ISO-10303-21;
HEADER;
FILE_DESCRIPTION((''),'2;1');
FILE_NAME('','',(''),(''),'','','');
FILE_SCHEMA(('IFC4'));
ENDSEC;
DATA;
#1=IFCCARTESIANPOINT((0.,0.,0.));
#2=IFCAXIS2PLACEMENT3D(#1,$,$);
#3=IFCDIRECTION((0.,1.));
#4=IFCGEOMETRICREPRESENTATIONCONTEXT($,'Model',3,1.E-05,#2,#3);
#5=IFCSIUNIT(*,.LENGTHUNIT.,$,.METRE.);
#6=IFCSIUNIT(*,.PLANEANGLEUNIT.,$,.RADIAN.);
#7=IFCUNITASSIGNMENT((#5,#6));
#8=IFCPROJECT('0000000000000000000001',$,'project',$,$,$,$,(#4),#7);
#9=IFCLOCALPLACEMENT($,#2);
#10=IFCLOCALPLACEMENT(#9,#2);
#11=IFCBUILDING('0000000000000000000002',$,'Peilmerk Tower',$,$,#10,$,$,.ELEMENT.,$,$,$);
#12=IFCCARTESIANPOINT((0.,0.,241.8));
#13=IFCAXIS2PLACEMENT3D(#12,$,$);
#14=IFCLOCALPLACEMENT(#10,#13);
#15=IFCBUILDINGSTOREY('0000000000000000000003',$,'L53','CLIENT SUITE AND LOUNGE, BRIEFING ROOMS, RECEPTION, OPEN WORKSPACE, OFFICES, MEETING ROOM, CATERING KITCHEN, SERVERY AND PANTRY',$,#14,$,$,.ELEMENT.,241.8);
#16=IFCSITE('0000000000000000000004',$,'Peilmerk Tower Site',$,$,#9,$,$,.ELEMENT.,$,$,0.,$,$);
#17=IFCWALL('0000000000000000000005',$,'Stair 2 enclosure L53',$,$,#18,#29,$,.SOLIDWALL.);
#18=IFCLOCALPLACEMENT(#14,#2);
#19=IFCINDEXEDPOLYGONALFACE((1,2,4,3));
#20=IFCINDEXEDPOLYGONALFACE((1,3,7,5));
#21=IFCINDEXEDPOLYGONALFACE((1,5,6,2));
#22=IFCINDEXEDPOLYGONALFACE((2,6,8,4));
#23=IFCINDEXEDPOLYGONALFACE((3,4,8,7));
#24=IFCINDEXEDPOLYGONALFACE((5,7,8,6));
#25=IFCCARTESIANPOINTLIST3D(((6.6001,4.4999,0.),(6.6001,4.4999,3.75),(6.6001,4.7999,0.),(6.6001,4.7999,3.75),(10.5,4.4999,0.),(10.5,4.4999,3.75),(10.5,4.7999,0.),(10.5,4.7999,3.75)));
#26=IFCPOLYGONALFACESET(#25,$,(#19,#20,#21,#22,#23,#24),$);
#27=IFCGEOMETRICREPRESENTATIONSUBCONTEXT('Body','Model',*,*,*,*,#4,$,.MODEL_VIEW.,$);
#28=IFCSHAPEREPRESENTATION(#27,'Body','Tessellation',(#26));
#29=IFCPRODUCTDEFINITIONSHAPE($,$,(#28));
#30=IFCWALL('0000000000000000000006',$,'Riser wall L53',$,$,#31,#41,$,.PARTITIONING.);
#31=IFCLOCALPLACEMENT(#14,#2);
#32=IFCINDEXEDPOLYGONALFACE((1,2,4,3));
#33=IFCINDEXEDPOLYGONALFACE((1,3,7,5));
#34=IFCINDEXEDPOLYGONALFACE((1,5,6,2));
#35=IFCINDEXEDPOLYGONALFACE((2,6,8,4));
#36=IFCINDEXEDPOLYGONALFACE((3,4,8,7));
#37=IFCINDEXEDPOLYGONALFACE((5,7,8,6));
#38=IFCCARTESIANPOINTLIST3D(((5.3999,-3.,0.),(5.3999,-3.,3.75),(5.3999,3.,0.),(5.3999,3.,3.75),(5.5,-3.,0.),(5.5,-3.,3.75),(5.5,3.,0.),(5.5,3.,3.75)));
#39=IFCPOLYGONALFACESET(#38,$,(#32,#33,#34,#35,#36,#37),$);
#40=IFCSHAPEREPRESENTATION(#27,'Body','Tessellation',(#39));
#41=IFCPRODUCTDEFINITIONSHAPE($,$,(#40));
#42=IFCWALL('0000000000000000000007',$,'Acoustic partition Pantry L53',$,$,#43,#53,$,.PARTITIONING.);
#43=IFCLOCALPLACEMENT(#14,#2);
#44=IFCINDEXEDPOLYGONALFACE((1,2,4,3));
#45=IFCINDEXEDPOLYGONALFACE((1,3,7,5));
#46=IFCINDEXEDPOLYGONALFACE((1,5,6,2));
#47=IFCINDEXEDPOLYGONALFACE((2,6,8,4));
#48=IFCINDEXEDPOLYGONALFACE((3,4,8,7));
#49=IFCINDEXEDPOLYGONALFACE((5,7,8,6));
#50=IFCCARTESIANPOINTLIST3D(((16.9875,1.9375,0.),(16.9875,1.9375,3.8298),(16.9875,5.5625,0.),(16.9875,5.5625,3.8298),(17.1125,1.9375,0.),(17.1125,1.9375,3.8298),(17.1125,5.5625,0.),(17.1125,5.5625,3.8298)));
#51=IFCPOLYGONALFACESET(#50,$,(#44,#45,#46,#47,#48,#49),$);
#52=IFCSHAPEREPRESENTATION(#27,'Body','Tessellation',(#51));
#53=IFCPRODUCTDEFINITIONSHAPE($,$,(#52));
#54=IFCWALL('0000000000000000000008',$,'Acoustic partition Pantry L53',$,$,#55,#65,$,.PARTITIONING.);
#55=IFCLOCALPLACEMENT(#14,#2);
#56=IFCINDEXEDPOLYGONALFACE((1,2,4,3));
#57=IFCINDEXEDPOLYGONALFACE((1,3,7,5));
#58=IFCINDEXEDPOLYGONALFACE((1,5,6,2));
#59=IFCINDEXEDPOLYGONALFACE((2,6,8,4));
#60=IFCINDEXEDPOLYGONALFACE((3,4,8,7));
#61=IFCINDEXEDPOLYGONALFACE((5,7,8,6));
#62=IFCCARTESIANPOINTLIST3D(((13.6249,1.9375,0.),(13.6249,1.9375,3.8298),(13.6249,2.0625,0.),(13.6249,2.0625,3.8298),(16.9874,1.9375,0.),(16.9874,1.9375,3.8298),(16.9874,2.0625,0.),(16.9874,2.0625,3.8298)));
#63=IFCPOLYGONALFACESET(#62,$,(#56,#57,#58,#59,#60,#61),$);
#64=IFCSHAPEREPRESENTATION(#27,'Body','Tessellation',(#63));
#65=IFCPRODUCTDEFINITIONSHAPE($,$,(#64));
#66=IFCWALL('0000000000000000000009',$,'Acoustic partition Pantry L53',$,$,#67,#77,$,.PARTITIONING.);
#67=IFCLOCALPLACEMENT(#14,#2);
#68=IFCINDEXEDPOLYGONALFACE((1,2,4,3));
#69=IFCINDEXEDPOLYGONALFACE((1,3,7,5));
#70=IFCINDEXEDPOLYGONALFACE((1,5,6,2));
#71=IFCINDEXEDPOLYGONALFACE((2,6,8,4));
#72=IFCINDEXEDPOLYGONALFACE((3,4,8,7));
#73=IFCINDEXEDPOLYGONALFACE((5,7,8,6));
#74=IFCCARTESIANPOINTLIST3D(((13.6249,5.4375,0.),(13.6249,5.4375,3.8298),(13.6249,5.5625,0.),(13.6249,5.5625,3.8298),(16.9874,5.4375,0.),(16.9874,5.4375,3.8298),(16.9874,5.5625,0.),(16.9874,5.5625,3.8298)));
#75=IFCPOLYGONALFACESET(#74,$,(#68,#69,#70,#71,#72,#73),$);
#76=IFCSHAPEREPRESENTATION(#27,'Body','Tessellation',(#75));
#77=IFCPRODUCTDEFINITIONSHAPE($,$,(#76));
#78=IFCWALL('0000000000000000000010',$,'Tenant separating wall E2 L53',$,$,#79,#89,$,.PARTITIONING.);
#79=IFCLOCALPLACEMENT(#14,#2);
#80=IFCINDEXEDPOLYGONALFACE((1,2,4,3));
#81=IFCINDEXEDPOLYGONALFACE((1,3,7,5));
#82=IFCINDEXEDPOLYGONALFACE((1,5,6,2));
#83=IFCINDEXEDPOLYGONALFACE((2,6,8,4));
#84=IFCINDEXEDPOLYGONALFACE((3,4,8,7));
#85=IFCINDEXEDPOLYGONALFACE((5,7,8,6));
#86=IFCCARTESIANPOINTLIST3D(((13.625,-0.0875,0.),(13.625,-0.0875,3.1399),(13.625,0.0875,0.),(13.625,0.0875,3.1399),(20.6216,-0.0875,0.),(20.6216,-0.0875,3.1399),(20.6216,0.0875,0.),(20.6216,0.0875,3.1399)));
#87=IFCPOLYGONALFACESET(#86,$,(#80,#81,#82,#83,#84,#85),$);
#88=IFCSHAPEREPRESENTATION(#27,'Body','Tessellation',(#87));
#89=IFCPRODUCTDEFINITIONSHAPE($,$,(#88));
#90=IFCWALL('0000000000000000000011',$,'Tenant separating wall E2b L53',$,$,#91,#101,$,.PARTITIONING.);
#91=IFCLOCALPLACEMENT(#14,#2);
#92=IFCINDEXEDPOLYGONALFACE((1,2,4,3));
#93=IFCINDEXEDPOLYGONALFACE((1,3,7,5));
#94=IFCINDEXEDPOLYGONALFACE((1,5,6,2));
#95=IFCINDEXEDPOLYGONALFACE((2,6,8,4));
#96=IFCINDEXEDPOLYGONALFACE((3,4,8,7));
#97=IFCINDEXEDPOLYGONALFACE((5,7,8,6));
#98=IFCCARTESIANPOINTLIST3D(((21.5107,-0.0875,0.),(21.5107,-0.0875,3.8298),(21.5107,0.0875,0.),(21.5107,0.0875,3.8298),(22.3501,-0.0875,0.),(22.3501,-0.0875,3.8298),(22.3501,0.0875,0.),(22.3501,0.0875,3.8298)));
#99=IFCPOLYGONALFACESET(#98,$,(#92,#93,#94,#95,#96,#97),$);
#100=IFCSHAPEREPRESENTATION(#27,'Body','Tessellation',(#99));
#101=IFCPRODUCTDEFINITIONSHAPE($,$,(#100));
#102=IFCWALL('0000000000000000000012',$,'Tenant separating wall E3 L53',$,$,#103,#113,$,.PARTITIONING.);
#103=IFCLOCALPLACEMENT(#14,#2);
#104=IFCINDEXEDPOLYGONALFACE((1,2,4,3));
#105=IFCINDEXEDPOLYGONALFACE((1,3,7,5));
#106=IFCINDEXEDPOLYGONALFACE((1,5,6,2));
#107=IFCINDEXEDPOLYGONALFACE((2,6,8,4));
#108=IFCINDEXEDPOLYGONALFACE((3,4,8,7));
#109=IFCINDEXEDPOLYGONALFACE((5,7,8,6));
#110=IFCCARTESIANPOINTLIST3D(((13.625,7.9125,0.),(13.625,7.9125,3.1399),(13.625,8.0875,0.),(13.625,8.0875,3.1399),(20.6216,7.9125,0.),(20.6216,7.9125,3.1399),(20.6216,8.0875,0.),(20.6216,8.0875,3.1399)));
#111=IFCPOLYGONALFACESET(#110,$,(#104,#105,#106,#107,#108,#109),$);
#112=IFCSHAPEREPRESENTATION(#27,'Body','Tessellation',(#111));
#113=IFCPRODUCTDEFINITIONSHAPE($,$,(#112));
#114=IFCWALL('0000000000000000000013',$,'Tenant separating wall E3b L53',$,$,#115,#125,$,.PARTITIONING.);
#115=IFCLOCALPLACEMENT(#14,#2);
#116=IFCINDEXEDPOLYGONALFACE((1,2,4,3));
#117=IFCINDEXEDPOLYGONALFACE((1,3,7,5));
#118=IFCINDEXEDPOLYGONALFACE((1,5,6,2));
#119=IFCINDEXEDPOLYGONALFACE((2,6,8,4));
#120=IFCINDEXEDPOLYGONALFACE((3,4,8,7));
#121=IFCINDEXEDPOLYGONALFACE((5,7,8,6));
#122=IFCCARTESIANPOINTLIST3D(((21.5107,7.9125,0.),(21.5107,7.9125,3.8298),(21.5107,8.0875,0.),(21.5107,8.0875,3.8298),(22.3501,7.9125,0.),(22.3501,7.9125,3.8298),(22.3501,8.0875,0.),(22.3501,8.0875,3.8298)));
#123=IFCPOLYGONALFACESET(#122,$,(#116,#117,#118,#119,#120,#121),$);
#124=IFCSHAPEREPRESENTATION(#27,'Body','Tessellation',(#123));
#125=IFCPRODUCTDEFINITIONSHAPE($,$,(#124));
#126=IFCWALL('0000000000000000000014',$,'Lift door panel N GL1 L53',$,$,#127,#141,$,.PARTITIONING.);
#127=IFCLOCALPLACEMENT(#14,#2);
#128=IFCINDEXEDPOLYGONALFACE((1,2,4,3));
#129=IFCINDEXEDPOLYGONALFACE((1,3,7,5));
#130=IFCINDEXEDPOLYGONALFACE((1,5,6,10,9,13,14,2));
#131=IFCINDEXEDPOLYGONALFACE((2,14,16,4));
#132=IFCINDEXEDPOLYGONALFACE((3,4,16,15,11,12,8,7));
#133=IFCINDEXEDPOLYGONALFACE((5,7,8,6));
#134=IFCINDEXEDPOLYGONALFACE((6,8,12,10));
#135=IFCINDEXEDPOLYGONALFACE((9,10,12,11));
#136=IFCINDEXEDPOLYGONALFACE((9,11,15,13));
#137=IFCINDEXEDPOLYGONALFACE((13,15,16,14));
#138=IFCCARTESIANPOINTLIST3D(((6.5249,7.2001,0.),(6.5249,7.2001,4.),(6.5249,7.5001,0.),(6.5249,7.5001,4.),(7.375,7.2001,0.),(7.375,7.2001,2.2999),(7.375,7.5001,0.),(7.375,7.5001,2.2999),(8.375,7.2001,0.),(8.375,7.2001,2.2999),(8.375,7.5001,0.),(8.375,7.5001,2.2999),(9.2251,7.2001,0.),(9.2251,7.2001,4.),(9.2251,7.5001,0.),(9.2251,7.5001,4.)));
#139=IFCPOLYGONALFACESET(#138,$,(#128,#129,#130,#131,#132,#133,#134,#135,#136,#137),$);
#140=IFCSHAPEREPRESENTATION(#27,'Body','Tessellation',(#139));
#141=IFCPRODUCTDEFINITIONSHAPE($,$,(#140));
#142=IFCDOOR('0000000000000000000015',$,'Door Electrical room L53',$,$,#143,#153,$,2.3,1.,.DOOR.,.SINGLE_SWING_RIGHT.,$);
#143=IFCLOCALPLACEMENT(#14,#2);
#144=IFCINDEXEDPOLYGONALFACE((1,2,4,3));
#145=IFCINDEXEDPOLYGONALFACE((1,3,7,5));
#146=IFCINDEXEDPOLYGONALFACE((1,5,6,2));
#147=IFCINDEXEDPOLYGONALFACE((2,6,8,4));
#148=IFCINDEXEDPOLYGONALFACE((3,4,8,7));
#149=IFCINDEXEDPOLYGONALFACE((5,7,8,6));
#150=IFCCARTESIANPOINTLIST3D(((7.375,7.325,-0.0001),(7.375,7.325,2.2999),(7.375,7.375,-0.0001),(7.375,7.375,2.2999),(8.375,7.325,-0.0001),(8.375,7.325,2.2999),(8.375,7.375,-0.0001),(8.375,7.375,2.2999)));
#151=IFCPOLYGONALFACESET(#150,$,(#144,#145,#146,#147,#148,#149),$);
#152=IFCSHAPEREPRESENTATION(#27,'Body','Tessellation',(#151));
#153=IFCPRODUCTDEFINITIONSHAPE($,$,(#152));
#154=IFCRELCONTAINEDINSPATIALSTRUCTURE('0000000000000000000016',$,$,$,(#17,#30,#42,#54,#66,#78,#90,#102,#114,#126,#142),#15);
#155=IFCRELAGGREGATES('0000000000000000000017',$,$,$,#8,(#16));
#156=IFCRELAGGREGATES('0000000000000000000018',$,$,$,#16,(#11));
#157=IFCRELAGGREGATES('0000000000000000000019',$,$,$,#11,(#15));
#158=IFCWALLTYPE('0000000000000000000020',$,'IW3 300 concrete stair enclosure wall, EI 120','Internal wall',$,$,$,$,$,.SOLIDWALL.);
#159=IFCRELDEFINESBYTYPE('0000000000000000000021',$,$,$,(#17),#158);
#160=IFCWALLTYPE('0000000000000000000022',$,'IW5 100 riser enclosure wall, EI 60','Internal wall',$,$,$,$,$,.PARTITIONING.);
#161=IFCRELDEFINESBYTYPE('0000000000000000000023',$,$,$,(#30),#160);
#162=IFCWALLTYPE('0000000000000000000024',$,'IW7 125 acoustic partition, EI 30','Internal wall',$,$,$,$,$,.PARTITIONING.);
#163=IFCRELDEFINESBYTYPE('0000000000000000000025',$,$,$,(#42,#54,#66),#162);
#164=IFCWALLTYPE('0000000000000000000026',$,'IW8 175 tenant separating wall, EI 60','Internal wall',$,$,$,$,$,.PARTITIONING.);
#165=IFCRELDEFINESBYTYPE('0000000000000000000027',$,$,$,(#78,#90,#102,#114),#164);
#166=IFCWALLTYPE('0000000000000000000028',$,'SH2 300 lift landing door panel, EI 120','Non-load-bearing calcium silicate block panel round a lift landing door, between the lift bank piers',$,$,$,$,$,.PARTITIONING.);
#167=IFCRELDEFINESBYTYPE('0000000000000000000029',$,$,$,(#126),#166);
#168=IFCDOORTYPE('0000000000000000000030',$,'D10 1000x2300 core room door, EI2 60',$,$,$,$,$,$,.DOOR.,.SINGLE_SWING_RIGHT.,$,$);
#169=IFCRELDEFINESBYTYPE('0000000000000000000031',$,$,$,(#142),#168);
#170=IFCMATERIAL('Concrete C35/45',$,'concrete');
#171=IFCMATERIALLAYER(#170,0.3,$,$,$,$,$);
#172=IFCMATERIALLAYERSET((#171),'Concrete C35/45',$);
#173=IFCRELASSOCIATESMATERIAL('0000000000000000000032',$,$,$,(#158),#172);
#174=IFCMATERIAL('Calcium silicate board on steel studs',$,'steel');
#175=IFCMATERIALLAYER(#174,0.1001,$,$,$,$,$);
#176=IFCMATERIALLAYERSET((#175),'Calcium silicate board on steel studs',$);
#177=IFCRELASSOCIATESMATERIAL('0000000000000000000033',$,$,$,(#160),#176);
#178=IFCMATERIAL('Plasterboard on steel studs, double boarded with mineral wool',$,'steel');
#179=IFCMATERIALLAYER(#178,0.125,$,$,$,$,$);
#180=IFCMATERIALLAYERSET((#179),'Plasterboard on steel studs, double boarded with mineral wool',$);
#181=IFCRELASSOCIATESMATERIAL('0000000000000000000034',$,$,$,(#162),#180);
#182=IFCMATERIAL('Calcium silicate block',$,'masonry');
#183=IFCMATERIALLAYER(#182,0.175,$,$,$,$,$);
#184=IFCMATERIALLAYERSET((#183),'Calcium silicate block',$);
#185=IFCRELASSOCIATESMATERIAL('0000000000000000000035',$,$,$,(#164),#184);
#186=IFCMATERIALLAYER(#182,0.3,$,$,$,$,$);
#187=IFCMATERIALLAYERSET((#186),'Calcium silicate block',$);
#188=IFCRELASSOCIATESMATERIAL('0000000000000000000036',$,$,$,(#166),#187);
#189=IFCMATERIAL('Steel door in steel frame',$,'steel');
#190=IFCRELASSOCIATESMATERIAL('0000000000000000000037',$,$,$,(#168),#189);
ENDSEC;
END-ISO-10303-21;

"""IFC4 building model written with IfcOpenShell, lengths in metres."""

from ifc_helpers import new_model, si_unit, direction, frame, frame_2d, origin, place, context, subcontext, project, spatial, rectangle, extrude, material, layer, layer_set, type_object, element, fill, save


model = new_model("IFC4")

# Units and contexts
model_context = context("Model", 3, precision=1e-05, world=origin(), true_north=direction((0.0, 1.0)))
body_context = subcontext(model_context, "Body", "Model", "MODEL_VIEW")
ifc_project = project(units=[si_unit("LENGTHUNIT", "METRE"), si_unit("PLANEANGLEUNIT", "RADIAN")], contexts=[model_context])

# Site, building, storey
site_placement = place(None, origin())
site = spatial("IfcSite", under=ifc_project, at=site_placement, Name="Peilmerk Tower Site", CompositionType="ELEMENT", RefElevation=0.0)
building_placement = place(site_placement, origin())
building = spatial("IfcBuilding", under=site, at=building_placement, Name="Peilmerk Tower", CompositionType="ELEMENT")
storey_placement = place(building_placement, frame((0.0, 0.0, 241.8)))
storey = spatial("IfcBuildingStorey", under=building, at=storey_placement, Name="L53", Description="CLIENT SUITE AND LOUNGE, BRIEFING ROOMS, RECEPTION, OPEN WORKSPACE, OFFICES, MEETING ROOM, CATERING KITCHEN, SERVERY AND PANTRY", CompositionType="ELEMENT", Elevation=241.8)

# Walls
ifc_material_1 = material(Name="Concrete C35/45", Category="concrete")
ifc_layer_1 = layer(ifc_material_1, 0.3)
ifc_layer_set_1 = layer_set([ifc_layer_1], Name="Concrete C35/45")
wall_type_1 = type_object("IfcWallType", Name="IW3 300 concrete stair enclosure wall, EI 120", Description="Internal wall", PredefinedType="SOLIDWALL", material=ifc_layer_set_1)
wall_1_placement = place(storey_placement, frame((6.6001, 4.6499, 0.0), z_axis=(0.0, 0.0, 1.0), x_axis=(1.0, 0.0, 0.0)))
element("IfcWall", 1, at=wall_1_placement, inside=storey, type_object=wall_type_1, Name="Stair 2 enclosure L53", PredefinedType="SOLIDWALL", context=body_context, shape_type="SweptSolid", body=[
    extrude(rectangle(XDim=3.8999, YDim=0.3, at=frame_2d((1.95, 0.0))), origin(), (0.0, 0.0, 1.0), 3.75),
])
ifc_material_2 = material(Name="Calcium silicate board on steel studs", Category="steel")
ifc_layer_2 = layer(ifc_material_2, 0.1001)
ifc_layer_set_2 = layer_set([ifc_layer_2], Name="Calcium silicate board on steel studs")
wall_type_2 = type_object("IfcWallType", Name="IW5 100 riser enclosure wall, EI 60", Description="Internal wall", PredefinedType="PARTITIONING", material=ifc_layer_set_2)
wall_2_placement = place(storey_placement, frame((5.45, 3.0, 0.0), z_axis=(0.0, 0.0, 1.0), x_axis=(0.0, -1.0, 0.0)))
element("IfcWall", 2, at=wall_2_placement, inside=storey, type_object=wall_type_2, Name="Riser wall L53", PredefinedType="PARTITIONING", context=body_context, shape_type="SweptSolid", body=[
    extrude(rectangle(XDim=6.0, YDim=0.1001, at=frame_2d((3.0, 0.0))), origin(), (0.0, 0.0, 1.0), 3.75),
])
ifc_material_3 = material(Name="Plasterboard on steel studs, double boarded with mineral wool", Category="steel")
ifc_layer_3 = layer(ifc_material_3, 0.125)
ifc_layer_set_3 = layer_set([ifc_layer_3], Name="Plasterboard on steel studs, double boarded with mineral wool")
wall_type_3 = type_object("IfcWallType", Name="IW7 125 acoustic partition, EI 30", Description="Internal wall", PredefinedType="PARTITIONING", material=ifc_layer_set_3)
wall_3_placement = place(storey_placement, frame((17.05, 1.9375, 0.0), z_axis=(0.0, 0.0, 1.0), x_axis=(0.0, 1.0, 0.0)))
element("IfcWall", 3, at=wall_3_placement, inside=storey, type_object=wall_type_3, Name="Acoustic partition Pantry L53", PredefinedType="PARTITIONING", context=body_context, shape_type="SweptSolid", body=[
    extrude(rectangle(XDim=3.625, YDim=0.125, at=frame_2d((1.8125, 0.0))), origin(), (0.0, 0.0, 1.0), 3.8298),
])
for number, where, z_axis, x_axis, name in (
    (4, (13.625, 2.0, 0.0), (0.0, 0.0, 1.0), (1.0, 0.0, 0.0), "Acoustic partition Pantry L53"),
    (5, (13.625, 5.5, 0.0), (0.0, 0.0, 1.0), (1.0, 0.0, 0.0), "Acoustic partition Pantry L53"),
):
    element("IfcWall", number, at=place(storey_placement, frame(where, z_axis=z_axis, x_axis=x_axis)), inside=storey, type_object=wall_type_3, Name=name, PredefinedType="PARTITIONING", context=body_context, shape_type="SweptSolid", body=[
        extrude(rectangle(XDim=3.3625, YDim=0.125, at=frame_2d((1.6812, 0.0))), origin(), (0.0, 0.0, 1.0), 3.8298),
    ])
ifc_material_4 = material(Name="Calcium silicate block", Category="masonry")
ifc_layer_4 = layer(ifc_material_4, 0.175)
ifc_layer_set_4 = layer_set([ifc_layer_4], Name="Calcium silicate block")
wall_type_4 = type_object("IfcWallType", Name="IW8 175 tenant separating wall, EI 60", Description="Internal wall", PredefinedType="PARTITIONING", material=ifc_layer_set_4)
wall_4_placement = place(storey_placement, frame((13.625, 0.0, 0.0), z_axis=(0.0, 0.0, 1.0), x_axis=(1.0, 0.0, 0.0)))
element("IfcWall", 6, at=wall_4_placement, inside=storey, type_object=wall_type_4, Name="Tenant separating wall E2 L53", PredefinedType="PARTITIONING", context=body_context, shape_type="SweptSolid", body=[
    extrude(rectangle(XDim=6.9966, YDim=0.175, at=frame_2d((3.4983, 0.0))), origin(), (0.0, 0.0, 1.0), 3.1399),
])
wall_5_placement = place(storey_placement, frame((21.5107, 0.0, 0.0), z_axis=(0.0, 0.0, 1.0), x_axis=(1.0, 0.0, 0.0)))
element("IfcWall", 7, at=wall_5_placement, inside=storey, type_object=wall_type_4, Name="Tenant separating wall E2b L53", PredefinedType="PARTITIONING", context=body_context, shape_type="SweptSolid", body=[
    extrude(rectangle(XDim=0.8394, YDim=0.175, at=frame_2d((0.4197, 0.0))), origin(), (0.0, 0.0, 1.0), 3.8298),
])
wall_6_placement = place(storey_placement, frame((13.625, 8.0, 0.0), z_axis=(0.0, 0.0, 1.0), x_axis=(1.0, 0.0, 0.0)))
element("IfcWall", 8, at=wall_6_placement, inside=storey, type_object=wall_type_4, Name="Tenant separating wall E3 L53", PredefinedType="PARTITIONING", context=body_context, shape_type="SweptSolid", body=[
    extrude(rectangle(XDim=6.9966, YDim=0.175, at=frame_2d((3.4983, 0.0))), origin(), (0.0, 0.0, 1.0), 3.1399),
])
wall_7_placement = place(storey_placement, frame((21.5107, 8.0, 0.0), z_axis=(0.0, 0.0, 1.0), x_axis=(1.0, 0.0, 0.0)))
element("IfcWall", 9, at=wall_7_placement, inside=storey, type_object=wall_type_4, Name="Tenant separating wall E3b L53", PredefinedType="PARTITIONING", context=body_context, shape_type="SweptSolid", body=[
    extrude(rectangle(XDim=0.8394, YDim=0.175, at=frame_2d((0.4197, 0.0))), origin(), (0.0, 0.0, 1.0), 3.8298),
])

# Wall, opening, door
ifc_layer_5 = layer(ifc_material_4, 0.3)
ifc_layer_set_5 = layer_set([ifc_layer_5], Name="Calcium silicate block")
wall_type_5 = type_object("IfcWallType", Name="SH2 300 lift landing door panel, EI 120", Description="Non-load-bearing calcium silicate block panel round a lift landing door, between the lift bank piers", PredefinedType="PARTITIONING", material=ifc_layer_set_5)
wall_8_placement = place(storey_placement, frame((6.5249, 7.3501, 0.0), z_axis=(0.0, 0.0, 1.0), x_axis=(1.0, 0.0, 0.0)))
wall_8 = element("IfcWall", 10, at=wall_8_placement, inside=storey, type_object=wall_type_5, Name="Lift door panel N GL1 L53", PredefinedType="PARTITIONING", context=body_context, shape_type="SweptSolid", body=[
    extrude(rectangle(XDim=2.7002, YDim=0.3, at=frame_2d((1.3501, 0.0))), origin(), (0.0, 0.0, 1.0), 4.0),
])
opening_1_placement = place(wall_8_placement, frame((0.8501, 0.0, 0.0)))
opening_1 = element("IfcOpeningElement", 11, at=opening_1_placement, cuts=wall_8, PredefinedType="OPENING", context=body_context, shape_type="SweptSolid", body=[
    extrude(rectangle(XDim=1.0, YDim=2.3, at=frame_2d((0.5, 1.1499))), frame((0.0, 0.1599, 0.0), z_axis=(0.0, -1.0, 0.0), x_axis=(1.0, 0.0, 0.0)), (0.0, 0.0, 1.0), 0.3201),
])
ifc_material_5 = material(Name="Steel door in steel frame", Category="steel")
door_type_1 = type_object("IfcDoorType", Name="D10 1000x2300 core room door, EI2 60", OperationType="SINGLE_SWING_RIGHT", PredefinedType="DOOR", material=ifc_material_5)
door_1_placement = place(opening_1_placement, origin())
door_1 = element("IfcDoor", 12, at=door_1_placement, inside=storey, type_object=door_type_1, Name="Door Electrical room L53", OperationType="SINGLE_SWING_RIGHT", OverallHeight=2.3, OverallWidth=1.0, PredefinedType="DOOR", context=body_context, shape_type="SweptSolid", body=[
    extrude(rectangle(XDim=1.0, YDim=2.3, at=frame_2d((0.5, 1.1499))), frame((0.0, 0.0249, 0.0), z_axis=(0.0, -1.0, 0.0), x_axis=(1.0, 0.0, 0.0)), (0.0, 0.0, 1.0), 0.05),
])
fill(opening_1, door_1)

save(model, "model.ifc")
